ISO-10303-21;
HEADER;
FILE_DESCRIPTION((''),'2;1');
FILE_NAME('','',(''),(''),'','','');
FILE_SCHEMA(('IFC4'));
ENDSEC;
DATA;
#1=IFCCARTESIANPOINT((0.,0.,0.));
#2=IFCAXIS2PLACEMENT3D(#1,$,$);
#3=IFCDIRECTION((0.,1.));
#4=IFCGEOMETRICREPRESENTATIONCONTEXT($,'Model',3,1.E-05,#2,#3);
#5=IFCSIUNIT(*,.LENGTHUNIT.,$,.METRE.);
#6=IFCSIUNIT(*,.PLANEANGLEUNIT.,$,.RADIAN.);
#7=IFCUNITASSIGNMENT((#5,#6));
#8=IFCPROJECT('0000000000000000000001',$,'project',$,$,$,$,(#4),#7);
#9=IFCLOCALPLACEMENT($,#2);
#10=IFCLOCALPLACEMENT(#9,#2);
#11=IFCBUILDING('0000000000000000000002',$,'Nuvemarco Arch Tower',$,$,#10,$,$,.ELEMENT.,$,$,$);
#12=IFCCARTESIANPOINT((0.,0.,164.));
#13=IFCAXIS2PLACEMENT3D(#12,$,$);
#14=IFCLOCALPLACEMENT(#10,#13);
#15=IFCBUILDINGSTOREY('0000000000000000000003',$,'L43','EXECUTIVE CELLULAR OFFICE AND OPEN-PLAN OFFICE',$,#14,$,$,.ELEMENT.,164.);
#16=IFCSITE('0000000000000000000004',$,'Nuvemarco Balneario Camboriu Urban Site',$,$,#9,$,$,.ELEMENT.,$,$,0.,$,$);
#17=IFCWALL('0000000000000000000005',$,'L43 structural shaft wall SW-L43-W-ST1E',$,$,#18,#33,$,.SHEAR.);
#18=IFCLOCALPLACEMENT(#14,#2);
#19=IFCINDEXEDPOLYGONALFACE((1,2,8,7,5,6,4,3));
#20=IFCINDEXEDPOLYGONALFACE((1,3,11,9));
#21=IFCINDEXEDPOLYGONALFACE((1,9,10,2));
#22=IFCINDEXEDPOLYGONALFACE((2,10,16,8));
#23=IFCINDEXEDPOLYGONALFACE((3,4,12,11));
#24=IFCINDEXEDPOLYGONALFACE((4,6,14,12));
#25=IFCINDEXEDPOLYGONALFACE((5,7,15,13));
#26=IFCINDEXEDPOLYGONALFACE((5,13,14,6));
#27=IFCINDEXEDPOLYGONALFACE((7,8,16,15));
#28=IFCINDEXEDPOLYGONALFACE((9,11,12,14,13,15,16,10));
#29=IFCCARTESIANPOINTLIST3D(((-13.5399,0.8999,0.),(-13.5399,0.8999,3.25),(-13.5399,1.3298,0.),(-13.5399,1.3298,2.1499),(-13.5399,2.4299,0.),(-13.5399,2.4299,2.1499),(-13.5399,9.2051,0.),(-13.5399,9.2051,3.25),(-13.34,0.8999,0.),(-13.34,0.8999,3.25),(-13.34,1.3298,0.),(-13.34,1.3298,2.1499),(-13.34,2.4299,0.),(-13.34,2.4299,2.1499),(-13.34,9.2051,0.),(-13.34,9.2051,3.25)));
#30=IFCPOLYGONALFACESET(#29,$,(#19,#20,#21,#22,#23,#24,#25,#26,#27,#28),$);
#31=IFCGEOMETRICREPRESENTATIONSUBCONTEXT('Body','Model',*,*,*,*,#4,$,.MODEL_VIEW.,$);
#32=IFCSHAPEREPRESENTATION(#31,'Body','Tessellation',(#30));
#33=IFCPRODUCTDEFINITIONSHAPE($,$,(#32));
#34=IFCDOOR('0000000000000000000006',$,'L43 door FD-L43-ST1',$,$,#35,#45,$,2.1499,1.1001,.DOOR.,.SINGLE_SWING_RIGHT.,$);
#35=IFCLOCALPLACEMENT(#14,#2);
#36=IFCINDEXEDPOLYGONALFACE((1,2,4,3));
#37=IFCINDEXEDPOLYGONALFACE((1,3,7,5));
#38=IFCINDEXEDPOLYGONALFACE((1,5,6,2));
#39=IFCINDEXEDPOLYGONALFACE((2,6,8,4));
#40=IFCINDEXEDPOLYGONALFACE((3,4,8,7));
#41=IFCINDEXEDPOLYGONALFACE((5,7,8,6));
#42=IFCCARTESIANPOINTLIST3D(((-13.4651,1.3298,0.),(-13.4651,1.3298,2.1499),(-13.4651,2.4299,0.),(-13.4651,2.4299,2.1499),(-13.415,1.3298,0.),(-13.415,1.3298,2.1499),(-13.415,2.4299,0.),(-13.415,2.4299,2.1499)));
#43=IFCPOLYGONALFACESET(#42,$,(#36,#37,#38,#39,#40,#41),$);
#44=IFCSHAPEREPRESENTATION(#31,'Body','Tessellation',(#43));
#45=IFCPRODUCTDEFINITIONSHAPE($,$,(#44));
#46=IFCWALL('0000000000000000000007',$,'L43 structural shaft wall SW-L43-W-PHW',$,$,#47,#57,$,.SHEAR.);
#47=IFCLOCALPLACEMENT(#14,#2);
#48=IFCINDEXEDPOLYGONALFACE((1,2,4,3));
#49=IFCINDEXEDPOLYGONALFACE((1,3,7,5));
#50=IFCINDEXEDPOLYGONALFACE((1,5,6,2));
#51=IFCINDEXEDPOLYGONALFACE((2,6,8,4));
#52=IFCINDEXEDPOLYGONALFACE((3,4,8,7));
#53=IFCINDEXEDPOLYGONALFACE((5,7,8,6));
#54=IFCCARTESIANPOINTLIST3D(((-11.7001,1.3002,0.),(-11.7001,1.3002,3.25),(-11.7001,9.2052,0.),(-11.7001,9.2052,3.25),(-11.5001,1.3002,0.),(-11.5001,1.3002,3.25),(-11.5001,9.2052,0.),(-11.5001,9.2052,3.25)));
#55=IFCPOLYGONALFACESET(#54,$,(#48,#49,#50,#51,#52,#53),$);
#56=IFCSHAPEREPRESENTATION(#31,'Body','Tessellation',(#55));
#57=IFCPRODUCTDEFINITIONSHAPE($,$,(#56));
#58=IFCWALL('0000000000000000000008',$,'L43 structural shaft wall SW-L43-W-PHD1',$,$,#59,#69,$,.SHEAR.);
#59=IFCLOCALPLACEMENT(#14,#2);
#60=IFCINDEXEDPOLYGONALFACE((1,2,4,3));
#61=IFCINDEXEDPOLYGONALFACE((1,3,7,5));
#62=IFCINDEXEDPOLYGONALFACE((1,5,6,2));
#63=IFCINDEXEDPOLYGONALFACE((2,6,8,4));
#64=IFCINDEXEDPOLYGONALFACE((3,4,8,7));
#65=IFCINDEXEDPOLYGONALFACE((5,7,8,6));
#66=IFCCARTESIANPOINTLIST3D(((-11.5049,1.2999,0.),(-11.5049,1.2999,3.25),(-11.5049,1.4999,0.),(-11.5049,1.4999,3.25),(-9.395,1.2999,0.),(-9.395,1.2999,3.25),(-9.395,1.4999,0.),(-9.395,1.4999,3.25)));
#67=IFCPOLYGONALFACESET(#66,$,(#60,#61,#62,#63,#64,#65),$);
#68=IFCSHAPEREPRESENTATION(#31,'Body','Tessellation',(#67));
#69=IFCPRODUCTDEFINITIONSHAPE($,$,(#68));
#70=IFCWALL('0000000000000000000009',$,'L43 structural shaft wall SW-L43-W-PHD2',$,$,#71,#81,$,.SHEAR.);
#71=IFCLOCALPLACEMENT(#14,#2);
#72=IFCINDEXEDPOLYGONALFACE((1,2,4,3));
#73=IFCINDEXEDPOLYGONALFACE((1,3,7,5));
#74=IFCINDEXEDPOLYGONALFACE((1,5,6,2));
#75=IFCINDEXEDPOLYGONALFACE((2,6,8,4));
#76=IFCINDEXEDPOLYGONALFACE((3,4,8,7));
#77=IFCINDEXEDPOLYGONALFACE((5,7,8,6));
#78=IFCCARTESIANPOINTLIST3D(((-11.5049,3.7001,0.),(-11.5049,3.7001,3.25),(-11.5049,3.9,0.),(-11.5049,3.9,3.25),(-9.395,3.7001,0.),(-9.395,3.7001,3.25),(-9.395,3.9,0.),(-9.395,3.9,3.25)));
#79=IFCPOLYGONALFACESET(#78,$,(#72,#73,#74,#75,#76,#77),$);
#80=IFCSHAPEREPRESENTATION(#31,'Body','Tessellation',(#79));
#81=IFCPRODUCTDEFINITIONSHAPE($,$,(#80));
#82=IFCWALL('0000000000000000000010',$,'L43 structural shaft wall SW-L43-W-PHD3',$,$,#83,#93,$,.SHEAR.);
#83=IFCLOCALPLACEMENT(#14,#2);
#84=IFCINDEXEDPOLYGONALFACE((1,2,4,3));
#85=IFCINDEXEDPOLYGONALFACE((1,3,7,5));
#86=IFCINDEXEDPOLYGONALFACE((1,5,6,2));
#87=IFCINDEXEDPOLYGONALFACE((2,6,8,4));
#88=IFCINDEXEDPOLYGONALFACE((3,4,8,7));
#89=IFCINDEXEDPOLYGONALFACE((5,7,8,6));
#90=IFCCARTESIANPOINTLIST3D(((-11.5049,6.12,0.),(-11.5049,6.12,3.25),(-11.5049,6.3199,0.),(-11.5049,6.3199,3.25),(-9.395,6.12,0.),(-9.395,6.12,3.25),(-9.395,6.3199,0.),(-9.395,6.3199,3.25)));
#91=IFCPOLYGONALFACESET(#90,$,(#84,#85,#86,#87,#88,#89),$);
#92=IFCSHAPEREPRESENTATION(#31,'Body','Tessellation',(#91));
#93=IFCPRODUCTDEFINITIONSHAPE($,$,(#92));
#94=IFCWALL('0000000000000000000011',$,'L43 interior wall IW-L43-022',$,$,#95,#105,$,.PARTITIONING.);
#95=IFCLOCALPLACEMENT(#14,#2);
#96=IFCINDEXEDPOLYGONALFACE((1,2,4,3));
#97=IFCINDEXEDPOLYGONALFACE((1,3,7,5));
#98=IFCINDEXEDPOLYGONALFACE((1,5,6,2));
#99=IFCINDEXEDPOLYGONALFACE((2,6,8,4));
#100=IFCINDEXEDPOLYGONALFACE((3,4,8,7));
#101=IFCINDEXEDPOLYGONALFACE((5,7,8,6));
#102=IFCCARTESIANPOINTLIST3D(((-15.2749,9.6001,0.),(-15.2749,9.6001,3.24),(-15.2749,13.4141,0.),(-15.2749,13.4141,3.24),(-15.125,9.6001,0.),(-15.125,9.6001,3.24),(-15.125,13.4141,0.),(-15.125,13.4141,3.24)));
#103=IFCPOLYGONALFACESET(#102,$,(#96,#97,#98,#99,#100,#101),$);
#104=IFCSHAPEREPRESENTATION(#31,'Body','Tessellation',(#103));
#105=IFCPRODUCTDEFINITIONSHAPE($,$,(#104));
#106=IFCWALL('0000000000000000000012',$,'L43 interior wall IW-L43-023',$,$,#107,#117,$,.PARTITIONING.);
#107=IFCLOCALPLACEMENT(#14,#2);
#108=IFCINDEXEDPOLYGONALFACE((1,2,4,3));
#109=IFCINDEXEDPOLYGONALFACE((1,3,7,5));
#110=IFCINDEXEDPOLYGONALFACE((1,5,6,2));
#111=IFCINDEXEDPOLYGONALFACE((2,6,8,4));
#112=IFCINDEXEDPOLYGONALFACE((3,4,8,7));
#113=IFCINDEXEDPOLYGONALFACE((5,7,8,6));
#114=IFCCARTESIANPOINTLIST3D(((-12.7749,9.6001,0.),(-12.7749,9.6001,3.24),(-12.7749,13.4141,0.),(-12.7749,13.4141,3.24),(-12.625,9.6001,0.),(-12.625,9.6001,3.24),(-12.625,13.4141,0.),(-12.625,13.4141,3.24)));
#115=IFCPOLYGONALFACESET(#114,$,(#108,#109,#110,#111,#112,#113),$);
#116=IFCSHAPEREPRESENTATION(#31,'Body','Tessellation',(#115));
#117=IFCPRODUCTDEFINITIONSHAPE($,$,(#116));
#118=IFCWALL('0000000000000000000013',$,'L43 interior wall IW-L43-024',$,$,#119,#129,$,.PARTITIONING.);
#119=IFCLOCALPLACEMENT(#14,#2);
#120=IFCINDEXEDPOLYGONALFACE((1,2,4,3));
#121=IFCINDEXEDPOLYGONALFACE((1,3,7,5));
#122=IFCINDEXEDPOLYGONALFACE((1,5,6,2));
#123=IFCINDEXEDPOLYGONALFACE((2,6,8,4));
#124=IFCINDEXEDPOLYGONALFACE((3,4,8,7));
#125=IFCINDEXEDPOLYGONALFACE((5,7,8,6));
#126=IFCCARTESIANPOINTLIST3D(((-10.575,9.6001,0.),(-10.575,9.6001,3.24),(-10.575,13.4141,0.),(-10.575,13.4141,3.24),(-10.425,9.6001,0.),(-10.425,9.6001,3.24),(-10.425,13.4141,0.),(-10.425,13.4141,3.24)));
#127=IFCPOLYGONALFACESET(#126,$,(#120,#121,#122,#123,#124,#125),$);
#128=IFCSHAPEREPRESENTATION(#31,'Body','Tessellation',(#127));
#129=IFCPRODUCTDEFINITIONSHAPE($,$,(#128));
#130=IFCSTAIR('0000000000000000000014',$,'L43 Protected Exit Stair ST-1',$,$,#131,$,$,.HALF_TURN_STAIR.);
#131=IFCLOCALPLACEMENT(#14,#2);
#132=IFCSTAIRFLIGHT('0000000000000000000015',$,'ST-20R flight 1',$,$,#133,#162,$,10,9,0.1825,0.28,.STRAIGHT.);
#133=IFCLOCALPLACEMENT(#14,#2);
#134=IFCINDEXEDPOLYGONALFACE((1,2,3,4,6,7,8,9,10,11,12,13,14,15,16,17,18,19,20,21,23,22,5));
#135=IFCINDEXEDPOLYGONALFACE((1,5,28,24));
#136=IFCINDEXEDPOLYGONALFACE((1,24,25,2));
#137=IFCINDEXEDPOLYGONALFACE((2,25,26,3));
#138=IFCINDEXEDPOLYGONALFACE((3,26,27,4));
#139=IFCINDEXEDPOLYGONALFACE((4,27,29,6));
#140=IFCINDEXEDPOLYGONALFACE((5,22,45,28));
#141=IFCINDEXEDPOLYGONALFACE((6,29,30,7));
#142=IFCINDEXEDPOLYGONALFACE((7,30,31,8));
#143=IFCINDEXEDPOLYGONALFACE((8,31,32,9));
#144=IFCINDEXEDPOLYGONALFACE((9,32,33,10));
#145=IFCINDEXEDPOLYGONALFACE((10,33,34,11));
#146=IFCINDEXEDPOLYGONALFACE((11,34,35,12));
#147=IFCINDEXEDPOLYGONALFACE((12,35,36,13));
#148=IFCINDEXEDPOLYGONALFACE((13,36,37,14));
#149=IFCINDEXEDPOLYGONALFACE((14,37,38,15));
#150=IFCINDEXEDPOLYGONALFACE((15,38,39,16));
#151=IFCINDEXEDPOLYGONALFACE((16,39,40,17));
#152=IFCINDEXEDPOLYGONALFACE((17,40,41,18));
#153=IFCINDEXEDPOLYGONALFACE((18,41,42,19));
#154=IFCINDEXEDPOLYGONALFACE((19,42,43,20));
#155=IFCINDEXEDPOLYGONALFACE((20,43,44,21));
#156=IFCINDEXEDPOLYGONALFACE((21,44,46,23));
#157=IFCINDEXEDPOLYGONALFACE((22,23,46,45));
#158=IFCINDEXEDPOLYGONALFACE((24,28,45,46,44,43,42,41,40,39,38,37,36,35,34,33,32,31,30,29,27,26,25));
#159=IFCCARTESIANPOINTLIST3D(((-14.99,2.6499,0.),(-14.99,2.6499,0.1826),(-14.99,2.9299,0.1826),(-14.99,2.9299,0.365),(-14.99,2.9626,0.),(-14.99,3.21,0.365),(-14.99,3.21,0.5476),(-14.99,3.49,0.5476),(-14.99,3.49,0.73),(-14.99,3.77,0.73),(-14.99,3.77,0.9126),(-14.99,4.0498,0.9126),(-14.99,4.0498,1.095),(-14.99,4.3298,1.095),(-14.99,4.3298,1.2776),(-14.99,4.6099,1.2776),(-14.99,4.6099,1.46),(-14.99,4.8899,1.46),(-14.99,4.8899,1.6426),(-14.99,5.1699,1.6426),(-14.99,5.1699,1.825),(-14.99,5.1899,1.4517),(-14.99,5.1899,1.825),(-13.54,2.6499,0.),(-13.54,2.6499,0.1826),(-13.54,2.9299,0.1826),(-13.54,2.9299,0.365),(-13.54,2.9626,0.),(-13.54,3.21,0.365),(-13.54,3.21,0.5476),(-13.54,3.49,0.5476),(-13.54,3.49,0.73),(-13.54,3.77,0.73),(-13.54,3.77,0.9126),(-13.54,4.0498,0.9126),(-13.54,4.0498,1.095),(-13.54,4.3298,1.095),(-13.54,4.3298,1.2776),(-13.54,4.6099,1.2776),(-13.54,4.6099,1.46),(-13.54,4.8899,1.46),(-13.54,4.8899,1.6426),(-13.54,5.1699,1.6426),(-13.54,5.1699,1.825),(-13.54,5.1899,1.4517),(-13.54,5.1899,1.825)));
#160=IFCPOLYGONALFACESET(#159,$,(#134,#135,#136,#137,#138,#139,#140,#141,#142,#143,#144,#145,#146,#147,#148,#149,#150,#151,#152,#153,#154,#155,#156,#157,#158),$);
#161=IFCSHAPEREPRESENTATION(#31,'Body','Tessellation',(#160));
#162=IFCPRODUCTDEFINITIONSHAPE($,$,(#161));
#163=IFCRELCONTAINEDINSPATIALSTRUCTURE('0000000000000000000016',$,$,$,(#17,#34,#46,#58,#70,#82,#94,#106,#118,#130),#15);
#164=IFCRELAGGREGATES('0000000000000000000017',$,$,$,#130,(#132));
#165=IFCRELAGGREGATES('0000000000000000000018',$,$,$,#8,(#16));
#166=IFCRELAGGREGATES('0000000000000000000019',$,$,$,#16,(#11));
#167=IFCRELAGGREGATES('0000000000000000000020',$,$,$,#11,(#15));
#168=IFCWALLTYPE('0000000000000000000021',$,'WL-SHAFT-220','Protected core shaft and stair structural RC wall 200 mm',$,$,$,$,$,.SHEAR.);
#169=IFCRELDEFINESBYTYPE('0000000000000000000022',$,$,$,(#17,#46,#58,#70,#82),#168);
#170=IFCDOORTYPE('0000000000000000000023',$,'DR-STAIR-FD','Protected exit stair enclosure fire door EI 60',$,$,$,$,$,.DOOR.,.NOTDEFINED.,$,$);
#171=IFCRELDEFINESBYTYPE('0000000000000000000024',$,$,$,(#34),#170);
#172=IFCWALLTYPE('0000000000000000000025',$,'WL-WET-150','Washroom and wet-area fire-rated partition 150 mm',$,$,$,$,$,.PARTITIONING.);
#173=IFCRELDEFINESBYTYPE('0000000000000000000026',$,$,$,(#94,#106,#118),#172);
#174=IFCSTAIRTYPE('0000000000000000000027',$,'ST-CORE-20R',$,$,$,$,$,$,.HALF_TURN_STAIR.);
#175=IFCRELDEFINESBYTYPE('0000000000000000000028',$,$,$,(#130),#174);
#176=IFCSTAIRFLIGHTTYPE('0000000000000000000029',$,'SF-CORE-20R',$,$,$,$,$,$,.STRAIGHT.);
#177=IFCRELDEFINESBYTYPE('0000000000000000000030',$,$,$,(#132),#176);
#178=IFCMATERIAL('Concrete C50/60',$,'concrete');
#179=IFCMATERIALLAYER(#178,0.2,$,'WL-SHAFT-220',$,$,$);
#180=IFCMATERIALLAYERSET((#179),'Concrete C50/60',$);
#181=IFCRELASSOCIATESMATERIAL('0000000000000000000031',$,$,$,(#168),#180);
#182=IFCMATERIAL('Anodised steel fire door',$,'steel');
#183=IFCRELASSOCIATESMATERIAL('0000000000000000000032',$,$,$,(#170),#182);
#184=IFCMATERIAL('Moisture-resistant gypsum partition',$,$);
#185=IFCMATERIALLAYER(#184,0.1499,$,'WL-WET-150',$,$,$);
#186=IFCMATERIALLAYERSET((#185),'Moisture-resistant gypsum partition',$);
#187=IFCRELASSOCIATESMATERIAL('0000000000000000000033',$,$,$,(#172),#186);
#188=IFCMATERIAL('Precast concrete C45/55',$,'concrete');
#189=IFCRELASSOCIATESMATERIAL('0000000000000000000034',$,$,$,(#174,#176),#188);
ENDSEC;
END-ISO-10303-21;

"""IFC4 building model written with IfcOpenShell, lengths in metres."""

from ifc_helpers import new_model, si_unit, direction, frame, frame_2d, origin, place, context, subcontext, project, spatial, polyline, rectangle, outline, extrude, source, transform, mapped, material, layer, layer_set, type_object, type_shapes, element, fill, aggregate, save


model = new_model("IFC4")

# Units and contexts
model_context = context("Model", 3, precision=1e-05, world=origin(), true_north=direction((0.0, 1.0)))
body_context = subcontext(model_context, "Body", "Model", "MODEL_VIEW")
ifc_project = project(units=[si_unit("LENGTHUNIT", "METRE"), si_unit("PLANEANGLEUNIT", "RADIAN")], contexts=[model_context])

# Site, building, storey
site_placement = place(None, origin())
site = spatial("IfcSite", under=ifc_project, at=site_placement, Name="Nuvemarco Balneario Camboriu Urban Site", CompositionType="ELEMENT", RefElevation=0.0)
building_placement = place(site_placement, origin())
building = spatial("IfcBuilding", under=site, at=building_placement, Name="Nuvemarco Arch Tower", CompositionType="ELEMENT")
storey_placement = place(building_placement, frame((0.0, 0.0, 164.0)))
storey = spatial("IfcBuildingStorey", under=building, at=storey_placement, Name="L43", Description="EXECUTIVE CELLULAR OFFICE AND OPEN-PLAN OFFICE", CompositionType="ELEMENT", Elevation=164.0)

# Shared definitions
ifc_material_1 = material(Name="Concrete C50/60", Category="concrete")

# Wall, opening, door
ifc_layer_1 = layer(ifc_material_1, 0.2, Name="WL-SHAFT-220")
ifc_layer_set_1 = layer_set([ifc_layer_1], Name="Concrete C50/60")
wall_type_1 = type_object("IfcWallType", Name="WL-SHAFT-220", Description="Protected core shaft and stair structural RC wall 200 mm", PredefinedType="SHEAR", material=ifc_layer_set_1)
wall_1_placement = place(storey_placement, frame((-13.4399, 0.8999, 0.0), z_axis=(0.0, 0.0, 1.0), x_axis=(0.0, 1.0, 0.0)))
wall_1 = element("IfcWall", 1, at=wall_1_placement, inside=storey, type_object=wall_type_1, Name="L43 structural shaft wall SW-L43-W-ST1E", PredefinedType="SHEAR", context=body_context, shape_type="SweptSolid", body=[
    extrude(rectangle(XDim=8.3052, YDim=0.2, at=frame_2d((4.1526, 0.0))), origin(), (0.0, 0.0, 1.0), 3.25),
])
opening_1_placement = place(wall_1_placement, frame((1.53, 0.0, 0.0), z_axis=(0.0, 0.0, 1.0), x_axis=(-1.0, 0.0, 0.0)))
opening_1 = element("IfcOpeningElement", 2, at=opening_1_placement, cuts=wall_1, PredefinedType="OPENING", context=body_context, shape_type="SweptSolid", body=[
    extrude(rectangle(XDim=1.1001, YDim=2.1499, at=frame_2d((0.55, 1.075))), frame((0.0, 0.1099, 0.0), z_axis=(0.0, -1.0, 0.0), x_axis=(1.0, 0.0, 0.0)), (0.0, 0.0, 1.0), 0.22),
])
ifc_material_2 = material(Name="Anodised steel fire door", Category="steel")
door_type_1 = type_object("IfcDoorType", Name="DR-STAIR-FD", Description="Protected exit stair enclosure fire door EI 60", OperationType="NOTDEFINED", PredefinedType="DOOR", material=ifc_material_2)
shared_shape_1 = source(origin(), body_context, "Body", "SweptSolid", [
    extrude(rectangle(XDim=1.1001, YDim=2.1499, at=frame_2d((0.55, 1.075))), frame((0.0, 0.0249, 0.0), z_axis=(0.0, -1.0, 0.0), x_axis=(1.0, 0.0, 0.0)), (0.0, 0.0, 1.0), 0.05),
])
type_shapes(door_type_1, [shared_shape_1])
door_1_placement = place(opening_1_placement, origin())
door_1 = element("IfcDoor", 3, at=door_1_placement, inside=storey, type_object=door_type_1, Name="L43 door FD-L43-ST1", OperationType="SINGLE_SWING_RIGHT", OverallHeight=2.1499, OverallWidth=1.1001, PredefinedType="DOOR", context=body_context, shape_type="MappedRepresentation", body=[
    mapped(shared_shape_1, transform((0.0, 0.0, 0.0), scale=1.0)),
])
fill(opening_1, door_1)

# Walls
wall_2_placement = place(storey_placement, frame((-11.6001, 1.3, 0.0), z_axis=(0.0, 0.0, 1.0), x_axis=(0.0, 1.0, 0.0)))
element("IfcWall", 4, at=wall_2_placement, inside=storey, type_object=wall_type_1, Name="L43 structural shaft wall SW-L43-W-PHW", PredefinedType="SHEAR", context=body_context, shape_type="SweptSolid", body=[
    extrude(rectangle(XDim=7.905, YDim=0.2, at=frame_2d((3.9526, 0.0))), origin(), (0.0, 0.0, 1.0), 3.25),
])
for number, where, z_axis, x_axis, name in (
    (5, (-11.5049, 1.3999, 0.0), (0.0, 0.0, 1.0), (1.0, 0.0, 0.0), "L43 structural shaft wall SW-L43-W-PHD1"),
    (6, (-11.5049, 3.8, 0.0), (0.0, 0.0, 1.0), (1.0, 0.0, 0.0), "L43 structural shaft wall SW-L43-W-PHD2"),
    (7, (-11.5049, 6.22, 0.0), (0.0, 0.0, 1.0), (1.0, 0.0, 0.0), "L43 structural shaft wall SW-L43-W-PHD3"),
):
    element("IfcWall", number, at=place(storey_placement, frame(where, z_axis=z_axis, x_axis=x_axis)), inside=storey, type_object=wall_type_1, Name=name, PredefinedType="SHEAR", context=body_context, shape_type="SweptSolid", body=[
        extrude(rectangle(XDim=2.1099, YDim=0.2, at=frame_2d((1.0549, 0.0))), origin(), (0.0, 0.0, 1.0), 3.25),
    ])
ifc_material_3 = material(Name="Moisture-resistant gypsum partition")
ifc_layer_2 = layer(ifc_material_3, 0.1499, Name="WL-WET-150")
ifc_layer_set_2 = layer_set([ifc_layer_2], Name="Moisture-resistant gypsum partition")
wall_type_2 = type_object("IfcWallType", Name="WL-WET-150", Description="Washroom and wet-area fire-rated partition 150 mm", PredefinedType="PARTITIONING", material=ifc_layer_set_2)
for number, where, z_axis, x_axis, name in (
    (8, (-15.2, 9.6001, 0.0), (0.0, 0.0, 1.0), (0.0, 1.0, 0.0), "L43 interior wall IW-L43-022"),
    (9, (-12.7, 9.6001, 0.0), (0.0, 0.0, 1.0), (0.0, 1.0, 0.0), "L43 interior wall IW-L43-023"),
    (10, (-10.5, 9.6001, 0.0), (0.0, 0.0, 1.0), (0.0, 1.0, 0.0), "L43 interior wall IW-L43-024"),
):
    element("IfcWall", number, at=place(storey_placement, frame(where, z_axis=z_axis, x_axis=x_axis)), inside=storey, type_object=wall_type_2, Name=name, PredefinedType="PARTITIONING", context=body_context, shape_type="SweptSolid", body=[
        extrude(rectangle(XDim=3.814, YDim=0.1499, at=frame_2d((1.907, 0.0))), origin(), (0.0, 0.0, 1.0), 3.24),
    ])

# Stair, stair flight
ifc_material_4 = material(Name="Precast concrete C45/55", Category="concrete")
stair_type = type_object("IfcStairType", Name="ST-CORE-20R", PredefinedType="HALF_TURN_STAIR", material=ifc_material_4)
stair_placement = place(storey_placement, origin())
stair = element("IfcStair", 11, at=stair_placement, inside=storey, type_object=stair_type, Name="L43 Protected Exit Stair ST-1", PredefinedType="HALF_TURN_STAIR")
stair_flight_type = type_object("IfcStairFlightType", Name="SF-CORE-20R", PredefinedType="STRAIGHT", material=ifc_material_4)
stair_flight_placement = place(storey_placement, frame((-14.2649, 2.6499, 0.0), z_axis=(0.0, 0.0, 1.0), x_axis=(0.0, 1.0, 0.0)))
stair_flight = element("IfcStairFlight", 12, at=stair_flight_placement, type_object=stair_flight_type, Name="ST-20R flight 1", NumberOfRisers=10, NumberOfTreads=9, PredefinedType="STRAIGHT", RiserHeight=0.1825, TreadLength=0.28, context=body_context, shape_type="SweptSolid", body=[
    extrude(outline(polyline([(0.0, 0.0), (0.0, 0.1826), (0.28, 0.1826), (0.28, 0.365), (0.5601, 0.365), (0.5601, 0.5476), (0.8401, 0.5476), (0.8401, 0.73), (1.1201, 0.73), (1.1201, 0.9126), (1.3999, 0.9126), (1.3999, 1.095), (1.6799, 1.095), (1.6799, 1.2776), (1.96, 1.2776), (1.96, 1.46), (2.24, 1.46), (2.24, 1.6426), (2.52, 1.6426), (2.52, 1.825), (2.54, 1.825), (2.54, 1.4517), (0.3127, 0.0), (0.0, 0.0)])), frame((0.0, 0.7251, 0.0), z_axis=(0.0, -1.0, 0.0), x_axis=(1.0, 0.0, 0.0)), (0.0, 0.0, 1.0), 1.45),
])
aggregate(stair, [stair_flight])

save(model, "model.ifc")
